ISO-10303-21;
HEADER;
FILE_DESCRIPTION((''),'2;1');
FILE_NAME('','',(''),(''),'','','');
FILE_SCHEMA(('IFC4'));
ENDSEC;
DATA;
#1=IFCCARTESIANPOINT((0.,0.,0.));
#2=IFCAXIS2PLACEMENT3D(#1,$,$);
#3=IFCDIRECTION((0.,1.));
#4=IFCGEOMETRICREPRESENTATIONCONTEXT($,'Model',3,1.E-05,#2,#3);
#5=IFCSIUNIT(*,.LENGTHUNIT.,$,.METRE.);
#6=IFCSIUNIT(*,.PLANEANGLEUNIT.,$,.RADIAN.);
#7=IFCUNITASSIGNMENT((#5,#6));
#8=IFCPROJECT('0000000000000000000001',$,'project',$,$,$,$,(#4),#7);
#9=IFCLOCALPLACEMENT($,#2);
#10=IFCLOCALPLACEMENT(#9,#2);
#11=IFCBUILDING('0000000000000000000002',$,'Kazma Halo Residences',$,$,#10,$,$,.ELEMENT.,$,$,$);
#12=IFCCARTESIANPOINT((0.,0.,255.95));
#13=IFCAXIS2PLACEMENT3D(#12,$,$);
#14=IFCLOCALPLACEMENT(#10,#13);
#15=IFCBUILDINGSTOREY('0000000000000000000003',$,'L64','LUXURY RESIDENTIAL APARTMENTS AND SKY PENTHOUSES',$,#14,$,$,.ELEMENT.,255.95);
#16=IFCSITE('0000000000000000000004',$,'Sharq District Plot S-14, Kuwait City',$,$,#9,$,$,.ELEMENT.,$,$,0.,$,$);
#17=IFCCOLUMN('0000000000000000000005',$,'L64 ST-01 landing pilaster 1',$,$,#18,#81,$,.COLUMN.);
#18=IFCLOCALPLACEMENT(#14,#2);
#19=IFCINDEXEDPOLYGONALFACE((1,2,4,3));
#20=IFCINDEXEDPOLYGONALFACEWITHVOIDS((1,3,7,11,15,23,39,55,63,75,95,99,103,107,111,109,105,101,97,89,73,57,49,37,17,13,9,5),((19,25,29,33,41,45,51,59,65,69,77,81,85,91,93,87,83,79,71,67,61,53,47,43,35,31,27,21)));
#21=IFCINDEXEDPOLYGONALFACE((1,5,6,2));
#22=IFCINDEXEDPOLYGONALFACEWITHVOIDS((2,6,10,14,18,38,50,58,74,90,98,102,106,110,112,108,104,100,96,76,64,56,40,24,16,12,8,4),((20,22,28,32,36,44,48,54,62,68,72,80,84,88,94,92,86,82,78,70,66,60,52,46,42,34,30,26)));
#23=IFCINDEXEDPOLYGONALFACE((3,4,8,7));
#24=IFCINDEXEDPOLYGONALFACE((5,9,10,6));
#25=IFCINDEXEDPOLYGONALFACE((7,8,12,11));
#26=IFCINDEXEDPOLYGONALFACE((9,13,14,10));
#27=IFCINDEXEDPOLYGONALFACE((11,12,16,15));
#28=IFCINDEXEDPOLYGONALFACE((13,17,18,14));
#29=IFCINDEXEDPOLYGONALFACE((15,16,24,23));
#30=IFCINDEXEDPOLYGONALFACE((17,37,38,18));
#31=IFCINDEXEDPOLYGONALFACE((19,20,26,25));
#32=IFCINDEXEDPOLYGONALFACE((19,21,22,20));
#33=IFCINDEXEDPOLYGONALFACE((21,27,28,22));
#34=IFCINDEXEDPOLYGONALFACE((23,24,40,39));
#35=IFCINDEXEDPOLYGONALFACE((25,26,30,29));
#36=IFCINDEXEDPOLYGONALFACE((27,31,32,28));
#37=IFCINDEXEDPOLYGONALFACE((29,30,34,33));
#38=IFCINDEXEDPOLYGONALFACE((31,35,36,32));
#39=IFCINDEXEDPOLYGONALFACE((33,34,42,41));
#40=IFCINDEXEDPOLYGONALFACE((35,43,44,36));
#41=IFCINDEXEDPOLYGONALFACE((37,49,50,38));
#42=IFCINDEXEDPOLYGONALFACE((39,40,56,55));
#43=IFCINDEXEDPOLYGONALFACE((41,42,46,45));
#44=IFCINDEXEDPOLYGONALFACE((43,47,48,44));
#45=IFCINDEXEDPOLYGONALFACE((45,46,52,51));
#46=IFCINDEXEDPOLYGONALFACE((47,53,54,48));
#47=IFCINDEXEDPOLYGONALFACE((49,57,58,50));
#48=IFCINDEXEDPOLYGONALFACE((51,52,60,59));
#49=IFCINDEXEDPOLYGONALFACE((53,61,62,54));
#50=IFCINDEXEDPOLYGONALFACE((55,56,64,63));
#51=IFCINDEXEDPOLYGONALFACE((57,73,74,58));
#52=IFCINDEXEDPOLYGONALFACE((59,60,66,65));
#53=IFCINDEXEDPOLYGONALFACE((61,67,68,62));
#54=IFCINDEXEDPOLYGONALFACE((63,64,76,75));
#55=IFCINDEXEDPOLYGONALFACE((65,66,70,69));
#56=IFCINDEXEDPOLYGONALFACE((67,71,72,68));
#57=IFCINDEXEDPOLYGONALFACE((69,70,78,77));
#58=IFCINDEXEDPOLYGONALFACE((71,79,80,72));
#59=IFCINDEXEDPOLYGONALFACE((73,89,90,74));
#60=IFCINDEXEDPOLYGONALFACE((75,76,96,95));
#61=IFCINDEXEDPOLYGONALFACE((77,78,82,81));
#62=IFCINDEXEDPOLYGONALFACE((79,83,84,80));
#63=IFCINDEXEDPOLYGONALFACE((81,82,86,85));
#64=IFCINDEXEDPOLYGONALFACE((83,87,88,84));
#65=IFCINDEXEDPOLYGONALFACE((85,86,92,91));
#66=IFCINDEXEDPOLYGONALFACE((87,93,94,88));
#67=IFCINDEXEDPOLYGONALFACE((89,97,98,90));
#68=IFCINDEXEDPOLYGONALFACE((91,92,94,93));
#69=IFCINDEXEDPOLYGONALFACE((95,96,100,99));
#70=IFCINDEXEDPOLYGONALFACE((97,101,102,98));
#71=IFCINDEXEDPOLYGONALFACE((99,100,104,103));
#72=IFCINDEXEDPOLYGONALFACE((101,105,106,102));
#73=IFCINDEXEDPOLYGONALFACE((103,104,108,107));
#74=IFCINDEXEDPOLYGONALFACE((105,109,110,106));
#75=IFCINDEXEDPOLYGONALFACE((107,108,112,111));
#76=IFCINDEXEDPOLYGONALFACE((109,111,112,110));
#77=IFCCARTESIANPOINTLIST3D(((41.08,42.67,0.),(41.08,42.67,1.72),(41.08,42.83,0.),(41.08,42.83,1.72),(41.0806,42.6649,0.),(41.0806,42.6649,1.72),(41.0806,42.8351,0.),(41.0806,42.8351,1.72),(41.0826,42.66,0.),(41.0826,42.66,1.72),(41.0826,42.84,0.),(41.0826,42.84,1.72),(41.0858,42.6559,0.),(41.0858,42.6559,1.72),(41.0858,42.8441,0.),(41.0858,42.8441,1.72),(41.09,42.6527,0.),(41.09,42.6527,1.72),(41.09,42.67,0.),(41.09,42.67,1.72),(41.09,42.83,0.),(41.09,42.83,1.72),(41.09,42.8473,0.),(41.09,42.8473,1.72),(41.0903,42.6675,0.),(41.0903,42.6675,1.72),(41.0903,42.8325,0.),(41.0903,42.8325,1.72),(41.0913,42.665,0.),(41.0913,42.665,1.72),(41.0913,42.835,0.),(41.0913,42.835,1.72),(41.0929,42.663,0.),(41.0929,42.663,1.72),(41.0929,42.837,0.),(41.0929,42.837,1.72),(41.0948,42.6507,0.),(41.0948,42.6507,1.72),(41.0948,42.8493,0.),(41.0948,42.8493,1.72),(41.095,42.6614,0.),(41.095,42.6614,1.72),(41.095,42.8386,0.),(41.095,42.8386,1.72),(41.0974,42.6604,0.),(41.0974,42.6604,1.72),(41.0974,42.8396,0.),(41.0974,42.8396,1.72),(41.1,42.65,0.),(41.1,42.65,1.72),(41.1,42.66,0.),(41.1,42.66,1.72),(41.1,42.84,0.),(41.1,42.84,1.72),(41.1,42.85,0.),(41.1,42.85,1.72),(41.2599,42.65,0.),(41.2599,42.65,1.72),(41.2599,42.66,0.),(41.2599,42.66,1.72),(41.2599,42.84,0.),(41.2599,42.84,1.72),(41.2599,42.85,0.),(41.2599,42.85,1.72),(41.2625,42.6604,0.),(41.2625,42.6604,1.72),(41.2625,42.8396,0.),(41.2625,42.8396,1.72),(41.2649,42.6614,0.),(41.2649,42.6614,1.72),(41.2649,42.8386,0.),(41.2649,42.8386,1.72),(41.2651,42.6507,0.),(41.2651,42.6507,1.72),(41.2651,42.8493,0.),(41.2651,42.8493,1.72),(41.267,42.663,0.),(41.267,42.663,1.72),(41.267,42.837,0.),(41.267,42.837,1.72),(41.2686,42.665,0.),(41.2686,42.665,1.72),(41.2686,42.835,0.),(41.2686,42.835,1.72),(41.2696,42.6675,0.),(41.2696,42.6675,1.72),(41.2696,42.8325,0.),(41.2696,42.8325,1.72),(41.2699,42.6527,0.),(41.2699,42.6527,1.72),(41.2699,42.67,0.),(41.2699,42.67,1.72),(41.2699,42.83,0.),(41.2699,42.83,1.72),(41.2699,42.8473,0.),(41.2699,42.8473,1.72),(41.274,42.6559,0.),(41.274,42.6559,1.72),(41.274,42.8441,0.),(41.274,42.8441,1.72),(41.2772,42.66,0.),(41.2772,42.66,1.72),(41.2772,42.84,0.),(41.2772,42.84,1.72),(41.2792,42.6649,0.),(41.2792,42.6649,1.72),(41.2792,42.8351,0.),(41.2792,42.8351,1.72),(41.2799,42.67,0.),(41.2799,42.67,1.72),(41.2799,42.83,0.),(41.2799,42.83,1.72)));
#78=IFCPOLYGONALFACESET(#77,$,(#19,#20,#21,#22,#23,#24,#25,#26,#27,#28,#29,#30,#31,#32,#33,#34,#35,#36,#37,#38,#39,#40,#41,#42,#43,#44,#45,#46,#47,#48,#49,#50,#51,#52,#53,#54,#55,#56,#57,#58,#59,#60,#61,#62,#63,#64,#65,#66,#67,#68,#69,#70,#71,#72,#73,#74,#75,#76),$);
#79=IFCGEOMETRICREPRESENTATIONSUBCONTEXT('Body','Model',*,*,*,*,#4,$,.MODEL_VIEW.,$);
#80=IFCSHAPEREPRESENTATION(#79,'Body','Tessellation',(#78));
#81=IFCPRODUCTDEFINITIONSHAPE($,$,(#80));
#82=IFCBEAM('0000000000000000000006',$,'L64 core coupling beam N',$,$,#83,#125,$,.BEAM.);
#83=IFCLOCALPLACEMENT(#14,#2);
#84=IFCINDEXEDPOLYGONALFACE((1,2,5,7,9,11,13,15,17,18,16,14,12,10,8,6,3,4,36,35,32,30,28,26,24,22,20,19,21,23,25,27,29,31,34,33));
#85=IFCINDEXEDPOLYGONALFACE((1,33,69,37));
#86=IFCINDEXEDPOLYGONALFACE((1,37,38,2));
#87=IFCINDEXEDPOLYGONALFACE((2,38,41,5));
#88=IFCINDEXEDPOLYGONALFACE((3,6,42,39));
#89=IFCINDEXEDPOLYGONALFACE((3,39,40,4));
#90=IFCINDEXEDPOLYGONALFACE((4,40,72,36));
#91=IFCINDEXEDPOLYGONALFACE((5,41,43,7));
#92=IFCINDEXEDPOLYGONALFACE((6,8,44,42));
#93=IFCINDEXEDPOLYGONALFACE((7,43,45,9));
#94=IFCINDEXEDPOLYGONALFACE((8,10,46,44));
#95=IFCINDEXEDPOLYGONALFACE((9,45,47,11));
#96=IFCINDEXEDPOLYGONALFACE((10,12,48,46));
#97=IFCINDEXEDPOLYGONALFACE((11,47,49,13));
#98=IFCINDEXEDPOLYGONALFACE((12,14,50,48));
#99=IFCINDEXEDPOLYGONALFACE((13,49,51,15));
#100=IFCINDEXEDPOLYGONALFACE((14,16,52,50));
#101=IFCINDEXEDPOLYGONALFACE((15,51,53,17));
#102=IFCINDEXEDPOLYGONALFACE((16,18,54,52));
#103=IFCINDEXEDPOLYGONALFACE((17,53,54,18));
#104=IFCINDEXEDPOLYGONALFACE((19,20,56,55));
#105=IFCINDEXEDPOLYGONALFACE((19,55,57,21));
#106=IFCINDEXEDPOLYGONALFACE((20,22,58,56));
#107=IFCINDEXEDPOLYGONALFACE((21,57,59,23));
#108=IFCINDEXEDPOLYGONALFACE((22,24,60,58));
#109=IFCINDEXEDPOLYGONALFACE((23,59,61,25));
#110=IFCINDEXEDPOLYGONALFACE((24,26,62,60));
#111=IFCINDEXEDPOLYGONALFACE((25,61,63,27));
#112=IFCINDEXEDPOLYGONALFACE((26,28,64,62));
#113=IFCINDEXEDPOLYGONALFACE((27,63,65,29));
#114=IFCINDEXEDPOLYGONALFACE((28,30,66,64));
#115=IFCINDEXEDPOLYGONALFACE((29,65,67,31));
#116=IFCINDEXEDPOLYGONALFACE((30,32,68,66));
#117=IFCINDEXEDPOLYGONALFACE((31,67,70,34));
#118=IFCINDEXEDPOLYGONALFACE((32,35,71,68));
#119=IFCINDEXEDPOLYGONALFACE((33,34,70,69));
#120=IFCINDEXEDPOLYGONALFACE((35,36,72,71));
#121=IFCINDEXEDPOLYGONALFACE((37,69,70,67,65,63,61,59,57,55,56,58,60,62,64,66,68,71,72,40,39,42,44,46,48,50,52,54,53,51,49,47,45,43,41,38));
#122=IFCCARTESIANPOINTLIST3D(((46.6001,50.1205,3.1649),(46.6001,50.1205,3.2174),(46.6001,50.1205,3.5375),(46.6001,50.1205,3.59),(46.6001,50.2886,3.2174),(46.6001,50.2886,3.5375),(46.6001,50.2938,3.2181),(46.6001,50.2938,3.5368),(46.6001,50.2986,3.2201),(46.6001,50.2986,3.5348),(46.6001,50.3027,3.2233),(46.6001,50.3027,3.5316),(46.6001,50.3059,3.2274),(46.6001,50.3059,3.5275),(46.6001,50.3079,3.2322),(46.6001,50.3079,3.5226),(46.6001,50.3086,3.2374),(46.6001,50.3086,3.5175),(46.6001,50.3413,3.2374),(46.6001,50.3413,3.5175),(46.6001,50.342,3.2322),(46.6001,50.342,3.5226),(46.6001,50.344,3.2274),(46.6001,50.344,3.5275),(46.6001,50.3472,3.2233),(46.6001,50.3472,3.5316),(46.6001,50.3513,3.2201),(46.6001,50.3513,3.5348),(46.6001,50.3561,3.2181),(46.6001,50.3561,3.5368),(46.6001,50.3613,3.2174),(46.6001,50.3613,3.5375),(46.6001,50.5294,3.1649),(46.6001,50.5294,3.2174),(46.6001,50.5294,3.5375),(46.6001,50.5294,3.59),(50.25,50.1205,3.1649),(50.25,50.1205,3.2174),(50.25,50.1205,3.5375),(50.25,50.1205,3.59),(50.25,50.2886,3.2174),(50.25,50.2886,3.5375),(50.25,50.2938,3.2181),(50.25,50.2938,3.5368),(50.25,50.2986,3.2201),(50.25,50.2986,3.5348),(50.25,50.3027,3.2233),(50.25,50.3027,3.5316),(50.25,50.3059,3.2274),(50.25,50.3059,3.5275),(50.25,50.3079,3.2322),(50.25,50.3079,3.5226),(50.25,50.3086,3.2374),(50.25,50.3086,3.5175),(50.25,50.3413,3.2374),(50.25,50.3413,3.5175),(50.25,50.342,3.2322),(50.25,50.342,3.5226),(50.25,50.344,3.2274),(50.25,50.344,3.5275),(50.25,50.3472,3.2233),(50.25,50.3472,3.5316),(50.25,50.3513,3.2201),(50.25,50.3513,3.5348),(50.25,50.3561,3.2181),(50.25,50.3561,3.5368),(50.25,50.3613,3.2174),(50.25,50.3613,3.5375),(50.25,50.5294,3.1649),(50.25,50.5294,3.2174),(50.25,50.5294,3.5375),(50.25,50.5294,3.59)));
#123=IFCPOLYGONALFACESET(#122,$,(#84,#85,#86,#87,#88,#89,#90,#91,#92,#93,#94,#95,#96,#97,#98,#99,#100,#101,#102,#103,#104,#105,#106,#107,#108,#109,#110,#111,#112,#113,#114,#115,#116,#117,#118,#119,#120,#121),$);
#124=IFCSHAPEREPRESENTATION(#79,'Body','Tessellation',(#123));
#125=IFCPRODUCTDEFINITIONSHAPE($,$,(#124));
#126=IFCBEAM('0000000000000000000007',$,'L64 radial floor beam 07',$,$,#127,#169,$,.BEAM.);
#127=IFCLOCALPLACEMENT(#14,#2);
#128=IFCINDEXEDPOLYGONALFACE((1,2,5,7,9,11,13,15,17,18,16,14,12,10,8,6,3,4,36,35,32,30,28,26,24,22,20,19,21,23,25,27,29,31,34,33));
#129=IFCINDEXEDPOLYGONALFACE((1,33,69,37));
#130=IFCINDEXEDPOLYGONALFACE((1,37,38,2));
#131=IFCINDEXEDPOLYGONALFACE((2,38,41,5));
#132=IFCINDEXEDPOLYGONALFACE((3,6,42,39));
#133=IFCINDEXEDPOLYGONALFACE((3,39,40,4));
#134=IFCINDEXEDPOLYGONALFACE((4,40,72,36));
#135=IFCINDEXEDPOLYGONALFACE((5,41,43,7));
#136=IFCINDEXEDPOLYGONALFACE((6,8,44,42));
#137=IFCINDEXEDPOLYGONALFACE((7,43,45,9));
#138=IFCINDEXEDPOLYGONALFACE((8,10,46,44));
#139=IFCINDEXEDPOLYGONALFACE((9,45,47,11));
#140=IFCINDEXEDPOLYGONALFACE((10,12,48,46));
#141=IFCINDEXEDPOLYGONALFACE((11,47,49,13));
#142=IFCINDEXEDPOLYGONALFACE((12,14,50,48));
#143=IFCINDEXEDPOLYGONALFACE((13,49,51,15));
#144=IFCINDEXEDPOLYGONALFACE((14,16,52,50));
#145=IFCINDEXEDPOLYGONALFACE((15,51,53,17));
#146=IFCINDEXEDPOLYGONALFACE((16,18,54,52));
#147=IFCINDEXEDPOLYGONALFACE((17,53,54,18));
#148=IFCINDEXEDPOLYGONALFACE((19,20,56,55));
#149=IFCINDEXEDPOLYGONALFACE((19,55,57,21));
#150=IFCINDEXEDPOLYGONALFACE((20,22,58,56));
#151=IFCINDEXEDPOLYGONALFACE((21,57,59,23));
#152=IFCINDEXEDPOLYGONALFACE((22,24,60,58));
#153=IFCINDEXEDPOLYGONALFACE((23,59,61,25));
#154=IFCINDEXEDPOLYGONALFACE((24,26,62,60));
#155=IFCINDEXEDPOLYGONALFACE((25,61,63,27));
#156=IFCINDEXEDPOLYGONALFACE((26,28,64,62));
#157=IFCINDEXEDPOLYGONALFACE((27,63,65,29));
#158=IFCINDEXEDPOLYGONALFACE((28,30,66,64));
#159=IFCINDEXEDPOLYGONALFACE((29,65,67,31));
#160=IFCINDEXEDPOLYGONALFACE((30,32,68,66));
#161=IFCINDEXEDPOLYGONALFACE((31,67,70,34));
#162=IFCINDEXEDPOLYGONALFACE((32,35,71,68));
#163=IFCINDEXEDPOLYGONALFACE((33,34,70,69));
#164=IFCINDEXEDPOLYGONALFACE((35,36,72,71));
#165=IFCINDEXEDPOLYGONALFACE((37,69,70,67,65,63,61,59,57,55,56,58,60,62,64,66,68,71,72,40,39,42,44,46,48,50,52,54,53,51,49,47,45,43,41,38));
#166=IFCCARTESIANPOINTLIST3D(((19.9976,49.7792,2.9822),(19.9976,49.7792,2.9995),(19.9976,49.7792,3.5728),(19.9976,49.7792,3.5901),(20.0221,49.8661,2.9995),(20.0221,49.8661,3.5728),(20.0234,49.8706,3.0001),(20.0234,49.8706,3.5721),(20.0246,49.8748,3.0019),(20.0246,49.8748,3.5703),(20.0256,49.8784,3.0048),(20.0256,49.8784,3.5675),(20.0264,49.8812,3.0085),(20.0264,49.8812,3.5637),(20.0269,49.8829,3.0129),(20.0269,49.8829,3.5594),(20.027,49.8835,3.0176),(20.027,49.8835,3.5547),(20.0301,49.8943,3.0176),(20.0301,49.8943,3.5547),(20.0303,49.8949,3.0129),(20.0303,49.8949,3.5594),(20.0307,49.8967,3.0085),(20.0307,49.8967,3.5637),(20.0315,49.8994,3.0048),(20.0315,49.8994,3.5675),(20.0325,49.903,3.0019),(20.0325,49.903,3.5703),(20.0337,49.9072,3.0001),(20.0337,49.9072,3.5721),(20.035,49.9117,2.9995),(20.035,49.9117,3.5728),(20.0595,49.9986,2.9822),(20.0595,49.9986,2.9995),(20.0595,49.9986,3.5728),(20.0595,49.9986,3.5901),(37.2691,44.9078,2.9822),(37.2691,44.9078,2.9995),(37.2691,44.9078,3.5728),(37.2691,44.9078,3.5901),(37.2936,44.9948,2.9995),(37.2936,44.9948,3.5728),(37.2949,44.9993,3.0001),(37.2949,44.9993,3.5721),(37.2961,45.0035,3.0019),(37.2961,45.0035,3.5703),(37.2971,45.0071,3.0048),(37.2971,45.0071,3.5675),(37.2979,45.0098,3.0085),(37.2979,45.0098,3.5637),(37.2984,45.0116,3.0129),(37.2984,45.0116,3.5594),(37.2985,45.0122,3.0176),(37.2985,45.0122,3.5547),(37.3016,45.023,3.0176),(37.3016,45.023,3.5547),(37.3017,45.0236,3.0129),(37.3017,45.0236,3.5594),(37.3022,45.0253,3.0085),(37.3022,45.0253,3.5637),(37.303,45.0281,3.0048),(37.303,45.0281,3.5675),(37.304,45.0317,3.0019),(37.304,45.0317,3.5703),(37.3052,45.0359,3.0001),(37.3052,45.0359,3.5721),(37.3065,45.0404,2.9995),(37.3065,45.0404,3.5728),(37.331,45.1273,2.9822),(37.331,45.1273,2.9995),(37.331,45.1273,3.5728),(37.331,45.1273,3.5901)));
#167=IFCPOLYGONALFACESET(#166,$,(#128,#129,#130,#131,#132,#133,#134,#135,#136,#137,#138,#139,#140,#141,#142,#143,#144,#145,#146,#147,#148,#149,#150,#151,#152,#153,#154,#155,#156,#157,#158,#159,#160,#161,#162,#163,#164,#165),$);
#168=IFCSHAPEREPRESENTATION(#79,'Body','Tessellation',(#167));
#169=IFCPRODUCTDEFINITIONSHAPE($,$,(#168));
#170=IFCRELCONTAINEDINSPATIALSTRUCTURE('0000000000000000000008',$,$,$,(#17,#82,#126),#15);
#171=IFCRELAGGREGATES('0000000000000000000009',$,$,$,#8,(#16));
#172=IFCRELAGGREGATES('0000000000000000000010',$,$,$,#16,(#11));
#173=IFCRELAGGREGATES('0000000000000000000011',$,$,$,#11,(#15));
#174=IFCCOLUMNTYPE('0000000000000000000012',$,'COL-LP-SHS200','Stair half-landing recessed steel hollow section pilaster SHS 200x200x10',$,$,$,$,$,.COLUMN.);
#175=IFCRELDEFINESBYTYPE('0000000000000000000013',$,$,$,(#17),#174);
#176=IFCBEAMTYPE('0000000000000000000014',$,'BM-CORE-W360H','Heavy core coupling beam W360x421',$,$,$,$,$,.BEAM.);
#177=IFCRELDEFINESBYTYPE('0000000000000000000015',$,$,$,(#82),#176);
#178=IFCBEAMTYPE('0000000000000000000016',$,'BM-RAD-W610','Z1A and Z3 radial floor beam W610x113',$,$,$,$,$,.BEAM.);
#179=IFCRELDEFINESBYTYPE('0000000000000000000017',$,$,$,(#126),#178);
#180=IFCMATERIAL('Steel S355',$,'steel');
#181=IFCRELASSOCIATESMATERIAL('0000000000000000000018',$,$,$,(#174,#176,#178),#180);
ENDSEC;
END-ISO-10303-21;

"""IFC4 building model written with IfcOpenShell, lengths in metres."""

from ifc_helpers import new_model, si_unit, direction, frame, origin, origin_2d, place, context, subcontext, project, spatial, hollow_rectangle, i_section, extrude, material, material_profile, profile_set, type_object, element, save


model = new_model("IFC4")

# Units and contexts
model_context = context("Model", 3, precision=1e-05, world=origin(), true_north=direction((0.0, 1.0)))
body_context = subcontext(model_context, "Body", "Model", "MODEL_VIEW")
ifc_project = project(units=[si_unit("LENGTHUNIT", "METRE"), si_unit("PLANEANGLEUNIT", "RADIAN")], contexts=[model_context])

# Site, building, storey
site_placement = place(None, origin())
site = spatial("IfcSite", under=ifc_project, at=site_placement, Name="Sharq District Plot S-14, Kuwait City", CompositionType="ELEMENT", RefElevation=0.0)
building_placement = place(site_placement, origin())
building = spatial("IfcBuilding", under=site, at=building_placement, Name="Kazma Halo Residences", CompositionType="ELEMENT")
storey_placement = place(building_placement, frame((0.0, 0.0, 255.95)))
storey = spatial("IfcBuildingStorey", under=building, at=storey_placement, Name="L64", Description="LUXURY RESIDENTIAL APARTMENTS AND SKY PENTHOUSES", CompositionType="ELEMENT", Elevation=255.95)

# Column
ifc_material_1 = material(Name="Steel S355", Category="steel")
ifc_material_profile_1 = material_profile(ifc_material_1, hollow_rectangle(XDim=0.2, YDim=0.2, WallThickness=0.01, InnerFilletRadius=0.01, OuterFilletRadius=0.02, at=origin_2d()), Name="SHS200x200x10")
ifc_profile_set_1 = profile_set([ifc_material_profile_1], Name="Steel S355")
column_type = type_object("IfcColumnType", Name="COL-LP-SHS200", Description="Stair half-landing recessed steel hollow section pilaster SHS 200x200x10", PredefinedType="COLUMN", material=ifc_profile_set_1)
column_placement = place(storey_placement, frame((41.1799, 42.75, 0.0), z_axis=(0.0, 0.0, 1.0), x_axis=(1.0, 0.0, 0.0)))
element("IfcColumn", 1, at=column_placement, inside=storey, type_object=column_type, Name="L64 ST-01 landing pilaster 1", PredefinedType="COLUMN", context=body_context, shape_type="SweptSolid", body=[
    extrude(hollow_rectangle(XDim=0.2, YDim=0.2, WallThickness=0.01, InnerFilletRadius=0.01, OuterFilletRadius=0.02, at=origin_2d()), origin(), (0.0, 0.0, 1.0), 1.72),
])

# Beams
ifc_material_profile_2 = material_profile(ifc_material_1, i_section(OverallWidth=0.4089, OverallDepth=0.425, WebThickness=0.0327, FlangeThickness=0.0525, FilletRadius=0.02, at=origin_2d()), Name="W360x421")
ifc_profile_set_2 = profile_set([ifc_material_profile_2], Name="Steel S355")
beam_type_1 = type_object("IfcBeamType", Name="BM-CORE-W360H", Description="Heavy core coupling beam W360x421", PredefinedType="BEAM", material=ifc_profile_set_2)
beam_1_placement = place(storey_placement, frame((46.6001, 50.325, 3.3774), z_axis=(1.0, 0.0, 0.0), x_axis=(0.0, 1.0, 0.0)))
element("IfcBeam", 2, at=beam_1_placement, inside=storey, type_object=beam_type_1, Name="L64 core coupling beam N", PredefinedType="BEAM", context=body_context, shape_type="SweptSolid", body=[
    extrude(i_section(OverallWidth=0.4089, OverallDepth=0.425, WebThickness=0.0327, FlangeThickness=0.0525, FilletRadius=0.02, at=origin_2d()), origin(), (0.0, 0.0, 1.0), 3.6499),
])
ifc_material_profile_3 = material_profile(ifc_material_1, i_section(OverallWidth=0.228, OverallDepth=0.6079, WebThickness=0.0112, FlangeThickness=0.0173, FilletRadius=0.0181, at=origin_2d()), Name="W610x113")
ifc_profile_set_3 = profile_set([ifc_material_profile_3], Name="Steel S355")
beam_type_2 = type_object("IfcBeamType", Name="BM-RAD-W610", Description="Z1A and Z3 radial floor beam W610x113", PredefinedType="BEAM", material=ifc_profile_set_3)
beam_2_placement = place(storey_placement, frame((37.3, 45.0176, 3.2861), z_axis=(-0.962451, 0.271455, 0.0), x_axis=(-0.271455, -0.962451, 0.0)))
element("IfcBeam", 3, at=beam_2_placement, inside=storey, type_object=beam_type_2, Name="L64 radial floor beam 07", PredefinedType="BEAM", context=body_context, shape_type="SweptSolid", body=[
    extrude(i_section(OverallWidth=0.228, OverallDepth=0.6079, WebThickness=0.0112, FlangeThickness=0.0173, FilletRadius=0.0181, at=origin_2d()), origin(), (0.0, 0.0, 1.0), 17.9453),
])

save(model, "model.ifc")
